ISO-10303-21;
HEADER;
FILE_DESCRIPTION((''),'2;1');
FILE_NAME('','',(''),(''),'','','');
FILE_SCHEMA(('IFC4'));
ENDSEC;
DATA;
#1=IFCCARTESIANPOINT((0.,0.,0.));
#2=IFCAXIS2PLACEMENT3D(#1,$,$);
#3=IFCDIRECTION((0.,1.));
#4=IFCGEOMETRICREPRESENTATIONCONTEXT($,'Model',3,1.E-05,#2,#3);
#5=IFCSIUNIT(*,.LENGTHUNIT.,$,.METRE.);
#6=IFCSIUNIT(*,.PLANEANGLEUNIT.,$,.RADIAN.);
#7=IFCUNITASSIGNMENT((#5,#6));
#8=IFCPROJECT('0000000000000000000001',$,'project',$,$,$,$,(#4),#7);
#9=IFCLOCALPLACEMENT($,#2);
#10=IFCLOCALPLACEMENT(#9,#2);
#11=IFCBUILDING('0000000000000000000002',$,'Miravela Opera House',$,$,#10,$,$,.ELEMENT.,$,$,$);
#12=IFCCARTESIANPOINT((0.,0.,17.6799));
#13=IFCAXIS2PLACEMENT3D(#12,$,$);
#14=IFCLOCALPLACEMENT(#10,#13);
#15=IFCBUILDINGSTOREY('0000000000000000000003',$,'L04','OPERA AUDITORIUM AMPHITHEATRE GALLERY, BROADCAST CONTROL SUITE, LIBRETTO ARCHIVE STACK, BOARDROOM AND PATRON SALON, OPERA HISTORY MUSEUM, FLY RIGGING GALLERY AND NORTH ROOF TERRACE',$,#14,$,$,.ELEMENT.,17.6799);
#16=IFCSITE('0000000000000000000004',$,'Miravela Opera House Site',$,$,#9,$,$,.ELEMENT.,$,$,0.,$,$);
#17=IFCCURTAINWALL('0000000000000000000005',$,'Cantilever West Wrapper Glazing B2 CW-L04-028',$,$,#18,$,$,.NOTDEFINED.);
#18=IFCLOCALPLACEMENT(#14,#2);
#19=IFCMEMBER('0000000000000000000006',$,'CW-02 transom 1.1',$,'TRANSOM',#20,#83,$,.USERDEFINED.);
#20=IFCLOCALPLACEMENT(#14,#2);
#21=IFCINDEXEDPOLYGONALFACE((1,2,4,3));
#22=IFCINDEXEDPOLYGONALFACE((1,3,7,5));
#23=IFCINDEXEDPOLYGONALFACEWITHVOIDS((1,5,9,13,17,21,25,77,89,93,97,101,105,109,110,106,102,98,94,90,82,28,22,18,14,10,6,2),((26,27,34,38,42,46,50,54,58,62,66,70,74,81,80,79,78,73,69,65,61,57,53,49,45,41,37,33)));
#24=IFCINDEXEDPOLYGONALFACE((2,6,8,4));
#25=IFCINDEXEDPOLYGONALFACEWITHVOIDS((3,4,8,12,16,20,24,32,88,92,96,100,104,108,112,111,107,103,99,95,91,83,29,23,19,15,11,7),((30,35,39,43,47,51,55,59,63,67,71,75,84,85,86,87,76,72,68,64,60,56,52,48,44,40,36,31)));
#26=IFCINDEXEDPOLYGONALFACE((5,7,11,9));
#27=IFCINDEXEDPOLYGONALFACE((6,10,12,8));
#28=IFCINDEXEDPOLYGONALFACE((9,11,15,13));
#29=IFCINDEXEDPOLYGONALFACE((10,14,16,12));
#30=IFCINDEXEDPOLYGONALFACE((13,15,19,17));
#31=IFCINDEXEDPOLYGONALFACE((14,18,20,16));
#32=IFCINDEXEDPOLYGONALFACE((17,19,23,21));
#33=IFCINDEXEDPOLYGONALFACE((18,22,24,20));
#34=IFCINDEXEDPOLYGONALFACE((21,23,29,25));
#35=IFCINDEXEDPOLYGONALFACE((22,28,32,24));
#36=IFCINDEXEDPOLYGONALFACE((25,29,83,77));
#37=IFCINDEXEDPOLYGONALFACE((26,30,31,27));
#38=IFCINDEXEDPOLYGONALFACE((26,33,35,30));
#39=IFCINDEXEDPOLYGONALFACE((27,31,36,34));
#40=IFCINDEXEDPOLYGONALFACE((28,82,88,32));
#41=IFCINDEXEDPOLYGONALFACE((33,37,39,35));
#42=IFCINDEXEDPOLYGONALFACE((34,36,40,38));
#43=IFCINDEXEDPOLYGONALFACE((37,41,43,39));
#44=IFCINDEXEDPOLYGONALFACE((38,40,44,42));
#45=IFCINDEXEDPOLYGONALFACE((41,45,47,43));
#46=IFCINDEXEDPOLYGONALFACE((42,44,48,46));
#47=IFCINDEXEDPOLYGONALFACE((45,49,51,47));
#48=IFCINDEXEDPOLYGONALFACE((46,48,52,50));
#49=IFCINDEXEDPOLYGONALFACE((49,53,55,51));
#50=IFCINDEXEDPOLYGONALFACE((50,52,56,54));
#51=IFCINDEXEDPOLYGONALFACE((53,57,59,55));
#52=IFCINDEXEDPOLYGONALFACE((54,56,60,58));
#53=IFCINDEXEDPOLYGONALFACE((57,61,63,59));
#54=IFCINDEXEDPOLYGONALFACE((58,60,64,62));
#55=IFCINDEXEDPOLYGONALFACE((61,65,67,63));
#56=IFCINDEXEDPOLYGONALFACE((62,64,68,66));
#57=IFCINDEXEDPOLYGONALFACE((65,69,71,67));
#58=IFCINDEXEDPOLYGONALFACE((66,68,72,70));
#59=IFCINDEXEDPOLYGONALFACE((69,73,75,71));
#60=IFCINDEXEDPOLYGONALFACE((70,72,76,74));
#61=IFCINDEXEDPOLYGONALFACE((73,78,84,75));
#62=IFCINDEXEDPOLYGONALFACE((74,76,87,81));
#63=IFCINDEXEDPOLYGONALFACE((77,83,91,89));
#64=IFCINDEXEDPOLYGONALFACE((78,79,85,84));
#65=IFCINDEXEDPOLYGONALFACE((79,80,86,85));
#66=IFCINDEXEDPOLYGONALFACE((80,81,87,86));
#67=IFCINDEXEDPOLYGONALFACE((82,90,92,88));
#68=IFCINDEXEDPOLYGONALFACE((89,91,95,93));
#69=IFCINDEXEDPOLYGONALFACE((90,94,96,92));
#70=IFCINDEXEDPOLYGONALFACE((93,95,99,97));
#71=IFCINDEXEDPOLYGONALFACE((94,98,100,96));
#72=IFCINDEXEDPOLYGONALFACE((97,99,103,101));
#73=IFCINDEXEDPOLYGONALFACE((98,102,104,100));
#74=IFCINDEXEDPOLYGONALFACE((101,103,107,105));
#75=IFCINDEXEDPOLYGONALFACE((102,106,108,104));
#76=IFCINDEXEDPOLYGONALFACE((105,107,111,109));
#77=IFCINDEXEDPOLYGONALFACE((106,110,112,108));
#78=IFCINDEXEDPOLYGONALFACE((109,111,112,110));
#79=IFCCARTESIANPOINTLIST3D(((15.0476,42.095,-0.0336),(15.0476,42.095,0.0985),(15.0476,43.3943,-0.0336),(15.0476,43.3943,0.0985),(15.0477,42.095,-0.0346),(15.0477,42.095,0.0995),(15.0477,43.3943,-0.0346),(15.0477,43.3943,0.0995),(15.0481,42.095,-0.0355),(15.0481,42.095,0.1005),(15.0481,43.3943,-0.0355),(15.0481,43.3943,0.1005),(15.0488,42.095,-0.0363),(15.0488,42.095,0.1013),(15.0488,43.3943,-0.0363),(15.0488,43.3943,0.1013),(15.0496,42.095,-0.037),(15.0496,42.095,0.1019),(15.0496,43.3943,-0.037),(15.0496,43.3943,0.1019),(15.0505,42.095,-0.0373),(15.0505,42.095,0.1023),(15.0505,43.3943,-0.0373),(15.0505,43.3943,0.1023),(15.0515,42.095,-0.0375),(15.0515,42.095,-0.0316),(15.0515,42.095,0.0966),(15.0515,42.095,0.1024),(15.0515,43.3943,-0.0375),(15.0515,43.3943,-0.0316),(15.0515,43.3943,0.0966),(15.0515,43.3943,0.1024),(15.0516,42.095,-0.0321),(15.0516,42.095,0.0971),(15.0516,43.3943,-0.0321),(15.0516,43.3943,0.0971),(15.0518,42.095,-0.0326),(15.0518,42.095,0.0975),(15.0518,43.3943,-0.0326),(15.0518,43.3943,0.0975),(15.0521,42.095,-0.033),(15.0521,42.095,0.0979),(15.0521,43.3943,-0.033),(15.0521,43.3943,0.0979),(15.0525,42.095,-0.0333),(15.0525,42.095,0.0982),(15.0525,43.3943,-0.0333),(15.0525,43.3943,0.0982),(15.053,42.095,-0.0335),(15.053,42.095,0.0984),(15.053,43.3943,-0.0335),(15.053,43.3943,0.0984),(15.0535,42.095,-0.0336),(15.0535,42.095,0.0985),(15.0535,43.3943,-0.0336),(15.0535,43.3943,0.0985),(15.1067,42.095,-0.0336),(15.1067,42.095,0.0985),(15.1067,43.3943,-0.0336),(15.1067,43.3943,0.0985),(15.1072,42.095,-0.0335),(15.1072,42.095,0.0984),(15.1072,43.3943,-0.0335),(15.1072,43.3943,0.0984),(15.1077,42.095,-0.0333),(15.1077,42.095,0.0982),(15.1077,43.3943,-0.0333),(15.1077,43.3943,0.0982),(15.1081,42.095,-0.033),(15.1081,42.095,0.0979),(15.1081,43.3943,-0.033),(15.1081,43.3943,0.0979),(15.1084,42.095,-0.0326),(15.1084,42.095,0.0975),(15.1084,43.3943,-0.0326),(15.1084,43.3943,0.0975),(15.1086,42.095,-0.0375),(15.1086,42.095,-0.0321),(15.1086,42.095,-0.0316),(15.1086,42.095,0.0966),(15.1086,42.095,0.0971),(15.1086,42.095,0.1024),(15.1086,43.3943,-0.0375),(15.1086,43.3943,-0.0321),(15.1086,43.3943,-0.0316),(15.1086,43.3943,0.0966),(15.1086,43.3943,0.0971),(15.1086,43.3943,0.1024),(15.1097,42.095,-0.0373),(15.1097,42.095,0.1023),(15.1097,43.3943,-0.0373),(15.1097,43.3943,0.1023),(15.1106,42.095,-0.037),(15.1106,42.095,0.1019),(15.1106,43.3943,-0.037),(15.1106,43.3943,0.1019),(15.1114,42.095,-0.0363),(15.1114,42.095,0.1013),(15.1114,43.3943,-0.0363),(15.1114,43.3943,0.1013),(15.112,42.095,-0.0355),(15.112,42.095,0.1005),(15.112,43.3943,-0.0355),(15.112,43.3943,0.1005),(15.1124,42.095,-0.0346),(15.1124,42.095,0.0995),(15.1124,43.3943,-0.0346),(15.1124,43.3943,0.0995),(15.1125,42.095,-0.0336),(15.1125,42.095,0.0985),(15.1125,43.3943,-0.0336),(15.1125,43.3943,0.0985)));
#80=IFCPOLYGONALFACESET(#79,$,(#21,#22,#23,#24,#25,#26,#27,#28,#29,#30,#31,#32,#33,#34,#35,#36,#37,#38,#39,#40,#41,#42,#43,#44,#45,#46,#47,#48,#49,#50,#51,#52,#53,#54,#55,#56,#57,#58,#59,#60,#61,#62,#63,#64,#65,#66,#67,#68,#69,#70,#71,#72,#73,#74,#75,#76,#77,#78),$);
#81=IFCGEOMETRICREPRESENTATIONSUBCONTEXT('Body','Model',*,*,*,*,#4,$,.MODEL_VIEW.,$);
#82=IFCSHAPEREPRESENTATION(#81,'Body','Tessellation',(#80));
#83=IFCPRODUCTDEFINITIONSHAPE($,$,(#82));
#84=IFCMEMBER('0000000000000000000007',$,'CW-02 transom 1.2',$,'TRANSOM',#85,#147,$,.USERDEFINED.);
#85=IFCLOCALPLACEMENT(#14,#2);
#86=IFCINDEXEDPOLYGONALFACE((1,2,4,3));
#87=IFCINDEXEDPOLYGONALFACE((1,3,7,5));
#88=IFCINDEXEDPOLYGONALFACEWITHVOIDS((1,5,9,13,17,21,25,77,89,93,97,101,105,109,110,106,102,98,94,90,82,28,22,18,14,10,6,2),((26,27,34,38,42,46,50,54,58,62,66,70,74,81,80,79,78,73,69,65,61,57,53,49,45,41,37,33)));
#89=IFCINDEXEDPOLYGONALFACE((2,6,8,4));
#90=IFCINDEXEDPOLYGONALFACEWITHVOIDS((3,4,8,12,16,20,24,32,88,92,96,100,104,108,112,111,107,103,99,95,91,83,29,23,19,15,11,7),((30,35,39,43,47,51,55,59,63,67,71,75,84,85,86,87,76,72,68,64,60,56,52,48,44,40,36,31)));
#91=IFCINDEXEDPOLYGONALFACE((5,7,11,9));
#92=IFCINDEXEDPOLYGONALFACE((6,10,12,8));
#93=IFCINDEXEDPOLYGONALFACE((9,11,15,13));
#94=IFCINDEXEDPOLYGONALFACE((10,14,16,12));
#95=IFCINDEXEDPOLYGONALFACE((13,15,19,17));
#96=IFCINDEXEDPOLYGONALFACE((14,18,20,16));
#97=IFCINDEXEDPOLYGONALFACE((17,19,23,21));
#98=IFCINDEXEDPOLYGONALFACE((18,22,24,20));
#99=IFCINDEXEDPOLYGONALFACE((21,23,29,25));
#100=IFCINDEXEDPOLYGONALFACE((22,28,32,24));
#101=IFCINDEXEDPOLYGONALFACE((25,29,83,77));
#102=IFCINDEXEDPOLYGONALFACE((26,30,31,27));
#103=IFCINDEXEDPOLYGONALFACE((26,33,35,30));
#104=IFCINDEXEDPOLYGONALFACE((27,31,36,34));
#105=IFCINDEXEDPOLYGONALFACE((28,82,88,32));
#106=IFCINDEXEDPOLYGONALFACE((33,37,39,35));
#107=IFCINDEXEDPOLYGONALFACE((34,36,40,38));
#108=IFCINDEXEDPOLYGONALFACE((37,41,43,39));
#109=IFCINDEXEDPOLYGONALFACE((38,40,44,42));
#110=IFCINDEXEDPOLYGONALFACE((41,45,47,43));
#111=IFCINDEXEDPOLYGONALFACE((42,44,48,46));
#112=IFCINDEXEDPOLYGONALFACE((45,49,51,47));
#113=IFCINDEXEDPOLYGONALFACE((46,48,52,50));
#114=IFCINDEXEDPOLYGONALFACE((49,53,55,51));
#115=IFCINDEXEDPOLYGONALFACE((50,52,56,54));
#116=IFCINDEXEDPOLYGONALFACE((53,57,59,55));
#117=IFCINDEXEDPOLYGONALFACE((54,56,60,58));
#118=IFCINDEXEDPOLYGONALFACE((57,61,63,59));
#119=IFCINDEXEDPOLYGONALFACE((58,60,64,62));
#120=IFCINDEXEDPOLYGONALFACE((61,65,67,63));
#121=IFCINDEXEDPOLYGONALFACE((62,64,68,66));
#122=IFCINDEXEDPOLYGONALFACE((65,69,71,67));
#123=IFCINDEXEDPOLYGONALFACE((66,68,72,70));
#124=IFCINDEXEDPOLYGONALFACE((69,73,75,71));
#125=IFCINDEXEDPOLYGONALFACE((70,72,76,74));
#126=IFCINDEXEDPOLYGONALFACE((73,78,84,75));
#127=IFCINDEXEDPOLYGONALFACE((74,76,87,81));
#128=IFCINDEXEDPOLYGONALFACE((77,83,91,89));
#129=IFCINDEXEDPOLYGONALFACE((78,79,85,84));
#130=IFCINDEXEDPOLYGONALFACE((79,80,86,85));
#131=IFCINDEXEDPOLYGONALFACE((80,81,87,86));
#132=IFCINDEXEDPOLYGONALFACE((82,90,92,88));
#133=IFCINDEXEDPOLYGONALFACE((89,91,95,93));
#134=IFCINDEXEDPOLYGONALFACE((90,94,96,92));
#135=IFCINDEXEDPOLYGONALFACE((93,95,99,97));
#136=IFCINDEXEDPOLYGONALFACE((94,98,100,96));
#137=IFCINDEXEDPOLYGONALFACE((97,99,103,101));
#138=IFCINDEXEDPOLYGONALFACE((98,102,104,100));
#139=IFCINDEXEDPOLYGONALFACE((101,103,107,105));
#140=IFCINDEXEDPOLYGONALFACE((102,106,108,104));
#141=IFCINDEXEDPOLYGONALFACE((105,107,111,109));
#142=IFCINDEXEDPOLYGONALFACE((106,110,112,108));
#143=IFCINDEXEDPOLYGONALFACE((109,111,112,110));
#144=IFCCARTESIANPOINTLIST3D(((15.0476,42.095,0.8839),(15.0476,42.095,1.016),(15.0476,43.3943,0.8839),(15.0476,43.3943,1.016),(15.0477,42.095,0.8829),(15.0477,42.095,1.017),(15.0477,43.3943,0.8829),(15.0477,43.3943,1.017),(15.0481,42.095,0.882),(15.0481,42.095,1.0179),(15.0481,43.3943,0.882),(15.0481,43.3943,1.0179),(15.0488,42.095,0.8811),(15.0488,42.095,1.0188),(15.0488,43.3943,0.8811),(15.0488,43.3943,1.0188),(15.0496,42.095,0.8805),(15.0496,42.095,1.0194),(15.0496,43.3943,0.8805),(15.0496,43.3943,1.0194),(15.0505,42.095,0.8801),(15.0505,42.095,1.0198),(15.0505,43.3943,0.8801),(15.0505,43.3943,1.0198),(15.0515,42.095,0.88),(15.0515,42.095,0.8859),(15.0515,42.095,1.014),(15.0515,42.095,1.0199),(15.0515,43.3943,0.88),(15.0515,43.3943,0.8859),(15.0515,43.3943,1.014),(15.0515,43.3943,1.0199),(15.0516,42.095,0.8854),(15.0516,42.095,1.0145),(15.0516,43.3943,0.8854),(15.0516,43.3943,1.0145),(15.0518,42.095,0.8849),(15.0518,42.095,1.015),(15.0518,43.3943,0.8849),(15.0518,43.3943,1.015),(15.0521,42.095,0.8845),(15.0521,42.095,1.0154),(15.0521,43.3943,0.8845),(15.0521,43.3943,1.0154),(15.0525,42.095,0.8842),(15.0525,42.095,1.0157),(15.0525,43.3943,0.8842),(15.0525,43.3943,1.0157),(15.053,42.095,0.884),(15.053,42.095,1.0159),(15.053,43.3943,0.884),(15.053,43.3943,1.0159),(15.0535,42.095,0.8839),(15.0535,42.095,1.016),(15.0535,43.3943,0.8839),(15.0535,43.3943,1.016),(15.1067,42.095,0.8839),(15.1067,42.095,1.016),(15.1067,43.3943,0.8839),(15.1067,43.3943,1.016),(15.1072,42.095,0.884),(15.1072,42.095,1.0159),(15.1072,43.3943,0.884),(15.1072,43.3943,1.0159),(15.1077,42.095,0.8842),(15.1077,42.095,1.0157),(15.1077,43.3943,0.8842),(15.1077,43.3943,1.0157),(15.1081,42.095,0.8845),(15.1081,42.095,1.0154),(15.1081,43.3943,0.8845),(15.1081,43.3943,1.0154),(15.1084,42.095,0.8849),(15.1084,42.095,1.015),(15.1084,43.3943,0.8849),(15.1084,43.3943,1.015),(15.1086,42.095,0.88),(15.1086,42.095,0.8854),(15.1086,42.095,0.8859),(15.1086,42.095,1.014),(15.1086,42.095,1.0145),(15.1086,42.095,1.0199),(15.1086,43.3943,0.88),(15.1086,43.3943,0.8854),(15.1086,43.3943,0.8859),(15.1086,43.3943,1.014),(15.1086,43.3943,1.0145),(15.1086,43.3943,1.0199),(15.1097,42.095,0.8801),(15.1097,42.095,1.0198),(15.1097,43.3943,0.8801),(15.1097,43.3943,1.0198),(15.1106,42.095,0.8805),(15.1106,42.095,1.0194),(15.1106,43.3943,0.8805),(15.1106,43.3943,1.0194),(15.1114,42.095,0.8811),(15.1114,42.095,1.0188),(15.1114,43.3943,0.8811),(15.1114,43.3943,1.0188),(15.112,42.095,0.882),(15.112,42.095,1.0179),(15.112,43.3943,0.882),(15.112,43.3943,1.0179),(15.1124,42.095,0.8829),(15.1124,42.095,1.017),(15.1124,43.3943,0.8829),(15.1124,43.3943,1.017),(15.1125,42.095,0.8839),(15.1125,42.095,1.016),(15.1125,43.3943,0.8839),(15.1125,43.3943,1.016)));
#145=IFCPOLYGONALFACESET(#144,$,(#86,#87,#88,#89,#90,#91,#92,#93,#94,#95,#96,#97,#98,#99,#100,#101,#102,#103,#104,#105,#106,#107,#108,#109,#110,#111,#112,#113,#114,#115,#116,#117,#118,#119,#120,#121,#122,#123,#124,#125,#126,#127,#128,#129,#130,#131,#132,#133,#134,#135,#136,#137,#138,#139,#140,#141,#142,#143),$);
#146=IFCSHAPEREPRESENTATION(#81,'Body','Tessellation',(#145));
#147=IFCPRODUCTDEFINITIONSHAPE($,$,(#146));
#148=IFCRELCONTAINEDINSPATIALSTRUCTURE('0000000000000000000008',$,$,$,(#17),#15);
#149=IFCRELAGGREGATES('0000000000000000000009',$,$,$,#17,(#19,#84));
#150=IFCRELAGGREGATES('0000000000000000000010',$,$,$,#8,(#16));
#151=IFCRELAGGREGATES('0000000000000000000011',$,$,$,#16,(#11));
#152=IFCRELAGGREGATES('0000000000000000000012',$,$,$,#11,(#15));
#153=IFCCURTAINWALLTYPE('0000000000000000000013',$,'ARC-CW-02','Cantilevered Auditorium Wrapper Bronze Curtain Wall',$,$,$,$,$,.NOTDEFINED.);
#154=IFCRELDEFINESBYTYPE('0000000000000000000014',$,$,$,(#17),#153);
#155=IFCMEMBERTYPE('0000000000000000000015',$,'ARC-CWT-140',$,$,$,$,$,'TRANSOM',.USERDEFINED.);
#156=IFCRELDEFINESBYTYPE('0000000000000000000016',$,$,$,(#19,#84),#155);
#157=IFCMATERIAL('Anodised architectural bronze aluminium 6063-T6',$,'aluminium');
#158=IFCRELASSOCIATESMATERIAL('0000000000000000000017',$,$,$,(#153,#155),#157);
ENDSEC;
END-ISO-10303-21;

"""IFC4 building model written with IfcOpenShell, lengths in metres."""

from ifc_helpers import new_model, si_unit, direction, frame, origin, origin_2d, place, context, subcontext, project, spatial, hollow_rectangle, extrude, material, material_profile, profile_set, type_object, element, aggregate, save


model = new_model("IFC4")

# Units and contexts
model_context = context("Model", 3, precision=1e-05, world=origin(), true_north=direction((0.0, 1.0)))
body_context = subcontext(model_context, "Body", "Model", "MODEL_VIEW")
ifc_project = project(units=[si_unit("LENGTHUNIT", "METRE"), si_unit("PLANEANGLEUNIT", "RADIAN")], contexts=[model_context])

# Site, building, storey
site_placement = place(None, origin())
site = spatial("IfcSite", under=ifc_project, at=site_placement, Name="Miravela Opera House Site", CompositionType="ELEMENT", RefElevation=0.0)
building_placement = place(site_placement, origin())
building = spatial("IfcBuilding", under=site, at=building_placement, Name="Miravela Opera House", CompositionType="ELEMENT")
storey_placement = place(building_placement, frame((0.0, 0.0, 17.6799)))
storey = spatial("IfcBuildingStorey", under=building, at=storey_placement, Name="L04", Description="OPERA AUDITORIUM AMPHITHEATRE GALLERY, BROADCAST CONTROL SUITE, LIBRETTO ARCHIVE STACK, BOARDROOM AND PATRON SALON, OPERA HISTORY MUSEUM, FLY RIGGING GALLERY AND NORTH ROOF TERRACE", CompositionType="ELEMENT", Elevation=17.6799)

# Shared definitions
ifc_material_1 = material(Name="Anodised architectural bronze aluminium 6063-T6", Category="aluminium")
curtain_wall_type = type_object("IfcCurtainWallType", Name="ARC-CW-02", Description="Cantilevered Auditorium Wrapper Bronze Curtain Wall", PredefinedType="NOTDEFINED", material=ifc_material_1)

# Curtain wall
curtain_wall_1_placement = place(storey_placement, origin())
curtain_wall_1 = element("IfcCurtainWall", 1, at=curtain_wall_1_placement, inside=storey, type_object=curtain_wall_type, Name="Cantilever West Wrapper Glazing B2 CW-L04-028", PredefinedType="NOTDEFINED")

# Members
ifc_material_profile_1 = material_profile(ifc_material_1, hollow_rectangle(XDim=0.0649, YDim=0.1399, WallThickness=0.0039, InnerFilletRadius=0.002, OuterFilletRadius=0.0039, at=origin_2d()), Name="CWT-65X140")
ifc_profile_set_1 = profile_set([ifc_material_profile_1])
member_type_1 = type_object("IfcMemberType", Name="ARC-CWT-140", ElementType="TRANSOM", PredefinedType="USERDEFINED", material=ifc_profile_set_1)
member_1_placement = place(storey_placement, frame((15.0801, 42.095, 0.0325), z_axis=(0.0, 1.0, 0.0), x_axis=(-1.0, 0.0, 0.0)))
member_1 = element("IfcMember", 2, at=member_1_placement, type_object=member_type_1, Name="CW-02 transom 1.1", ObjectType="TRANSOM", PredefinedType="USERDEFINED", context=body_context, shape_type="SweptSolid", body=[
    extrude(hollow_rectangle(XDim=0.0649, YDim=0.1399, WallThickness=0.0039, InnerFilletRadius=0.002, OuterFilletRadius=0.0039, at=origin_2d()), origin(), (0.0, 0.0, 1.0), 1.2993),
])
member_2_placement = place(storey_placement, frame((15.0801, 42.095, 0.95), z_axis=(0.0, 1.0, 0.0), x_axis=(-1.0, 0.0, 0.0)))
member_2 = element("IfcMember", 3, at=member_2_placement, type_object=member_type_1, Name="CW-02 transom 1.2", ObjectType="TRANSOM", PredefinedType="USERDEFINED", context=body_context, shape_type="SweptSolid", body=[
    extrude(hollow_rectangle(XDim=0.0649, YDim=0.1399, WallThickness=0.0039, InnerFilletRadius=0.002, OuterFilletRadius=0.0039, at=origin_2d()), origin(), (0.0, 0.0, 1.0), 1.2993),
])

aggregate(curtain_wall_1, [member_1, member_2])

save(model, "model.ifc")
